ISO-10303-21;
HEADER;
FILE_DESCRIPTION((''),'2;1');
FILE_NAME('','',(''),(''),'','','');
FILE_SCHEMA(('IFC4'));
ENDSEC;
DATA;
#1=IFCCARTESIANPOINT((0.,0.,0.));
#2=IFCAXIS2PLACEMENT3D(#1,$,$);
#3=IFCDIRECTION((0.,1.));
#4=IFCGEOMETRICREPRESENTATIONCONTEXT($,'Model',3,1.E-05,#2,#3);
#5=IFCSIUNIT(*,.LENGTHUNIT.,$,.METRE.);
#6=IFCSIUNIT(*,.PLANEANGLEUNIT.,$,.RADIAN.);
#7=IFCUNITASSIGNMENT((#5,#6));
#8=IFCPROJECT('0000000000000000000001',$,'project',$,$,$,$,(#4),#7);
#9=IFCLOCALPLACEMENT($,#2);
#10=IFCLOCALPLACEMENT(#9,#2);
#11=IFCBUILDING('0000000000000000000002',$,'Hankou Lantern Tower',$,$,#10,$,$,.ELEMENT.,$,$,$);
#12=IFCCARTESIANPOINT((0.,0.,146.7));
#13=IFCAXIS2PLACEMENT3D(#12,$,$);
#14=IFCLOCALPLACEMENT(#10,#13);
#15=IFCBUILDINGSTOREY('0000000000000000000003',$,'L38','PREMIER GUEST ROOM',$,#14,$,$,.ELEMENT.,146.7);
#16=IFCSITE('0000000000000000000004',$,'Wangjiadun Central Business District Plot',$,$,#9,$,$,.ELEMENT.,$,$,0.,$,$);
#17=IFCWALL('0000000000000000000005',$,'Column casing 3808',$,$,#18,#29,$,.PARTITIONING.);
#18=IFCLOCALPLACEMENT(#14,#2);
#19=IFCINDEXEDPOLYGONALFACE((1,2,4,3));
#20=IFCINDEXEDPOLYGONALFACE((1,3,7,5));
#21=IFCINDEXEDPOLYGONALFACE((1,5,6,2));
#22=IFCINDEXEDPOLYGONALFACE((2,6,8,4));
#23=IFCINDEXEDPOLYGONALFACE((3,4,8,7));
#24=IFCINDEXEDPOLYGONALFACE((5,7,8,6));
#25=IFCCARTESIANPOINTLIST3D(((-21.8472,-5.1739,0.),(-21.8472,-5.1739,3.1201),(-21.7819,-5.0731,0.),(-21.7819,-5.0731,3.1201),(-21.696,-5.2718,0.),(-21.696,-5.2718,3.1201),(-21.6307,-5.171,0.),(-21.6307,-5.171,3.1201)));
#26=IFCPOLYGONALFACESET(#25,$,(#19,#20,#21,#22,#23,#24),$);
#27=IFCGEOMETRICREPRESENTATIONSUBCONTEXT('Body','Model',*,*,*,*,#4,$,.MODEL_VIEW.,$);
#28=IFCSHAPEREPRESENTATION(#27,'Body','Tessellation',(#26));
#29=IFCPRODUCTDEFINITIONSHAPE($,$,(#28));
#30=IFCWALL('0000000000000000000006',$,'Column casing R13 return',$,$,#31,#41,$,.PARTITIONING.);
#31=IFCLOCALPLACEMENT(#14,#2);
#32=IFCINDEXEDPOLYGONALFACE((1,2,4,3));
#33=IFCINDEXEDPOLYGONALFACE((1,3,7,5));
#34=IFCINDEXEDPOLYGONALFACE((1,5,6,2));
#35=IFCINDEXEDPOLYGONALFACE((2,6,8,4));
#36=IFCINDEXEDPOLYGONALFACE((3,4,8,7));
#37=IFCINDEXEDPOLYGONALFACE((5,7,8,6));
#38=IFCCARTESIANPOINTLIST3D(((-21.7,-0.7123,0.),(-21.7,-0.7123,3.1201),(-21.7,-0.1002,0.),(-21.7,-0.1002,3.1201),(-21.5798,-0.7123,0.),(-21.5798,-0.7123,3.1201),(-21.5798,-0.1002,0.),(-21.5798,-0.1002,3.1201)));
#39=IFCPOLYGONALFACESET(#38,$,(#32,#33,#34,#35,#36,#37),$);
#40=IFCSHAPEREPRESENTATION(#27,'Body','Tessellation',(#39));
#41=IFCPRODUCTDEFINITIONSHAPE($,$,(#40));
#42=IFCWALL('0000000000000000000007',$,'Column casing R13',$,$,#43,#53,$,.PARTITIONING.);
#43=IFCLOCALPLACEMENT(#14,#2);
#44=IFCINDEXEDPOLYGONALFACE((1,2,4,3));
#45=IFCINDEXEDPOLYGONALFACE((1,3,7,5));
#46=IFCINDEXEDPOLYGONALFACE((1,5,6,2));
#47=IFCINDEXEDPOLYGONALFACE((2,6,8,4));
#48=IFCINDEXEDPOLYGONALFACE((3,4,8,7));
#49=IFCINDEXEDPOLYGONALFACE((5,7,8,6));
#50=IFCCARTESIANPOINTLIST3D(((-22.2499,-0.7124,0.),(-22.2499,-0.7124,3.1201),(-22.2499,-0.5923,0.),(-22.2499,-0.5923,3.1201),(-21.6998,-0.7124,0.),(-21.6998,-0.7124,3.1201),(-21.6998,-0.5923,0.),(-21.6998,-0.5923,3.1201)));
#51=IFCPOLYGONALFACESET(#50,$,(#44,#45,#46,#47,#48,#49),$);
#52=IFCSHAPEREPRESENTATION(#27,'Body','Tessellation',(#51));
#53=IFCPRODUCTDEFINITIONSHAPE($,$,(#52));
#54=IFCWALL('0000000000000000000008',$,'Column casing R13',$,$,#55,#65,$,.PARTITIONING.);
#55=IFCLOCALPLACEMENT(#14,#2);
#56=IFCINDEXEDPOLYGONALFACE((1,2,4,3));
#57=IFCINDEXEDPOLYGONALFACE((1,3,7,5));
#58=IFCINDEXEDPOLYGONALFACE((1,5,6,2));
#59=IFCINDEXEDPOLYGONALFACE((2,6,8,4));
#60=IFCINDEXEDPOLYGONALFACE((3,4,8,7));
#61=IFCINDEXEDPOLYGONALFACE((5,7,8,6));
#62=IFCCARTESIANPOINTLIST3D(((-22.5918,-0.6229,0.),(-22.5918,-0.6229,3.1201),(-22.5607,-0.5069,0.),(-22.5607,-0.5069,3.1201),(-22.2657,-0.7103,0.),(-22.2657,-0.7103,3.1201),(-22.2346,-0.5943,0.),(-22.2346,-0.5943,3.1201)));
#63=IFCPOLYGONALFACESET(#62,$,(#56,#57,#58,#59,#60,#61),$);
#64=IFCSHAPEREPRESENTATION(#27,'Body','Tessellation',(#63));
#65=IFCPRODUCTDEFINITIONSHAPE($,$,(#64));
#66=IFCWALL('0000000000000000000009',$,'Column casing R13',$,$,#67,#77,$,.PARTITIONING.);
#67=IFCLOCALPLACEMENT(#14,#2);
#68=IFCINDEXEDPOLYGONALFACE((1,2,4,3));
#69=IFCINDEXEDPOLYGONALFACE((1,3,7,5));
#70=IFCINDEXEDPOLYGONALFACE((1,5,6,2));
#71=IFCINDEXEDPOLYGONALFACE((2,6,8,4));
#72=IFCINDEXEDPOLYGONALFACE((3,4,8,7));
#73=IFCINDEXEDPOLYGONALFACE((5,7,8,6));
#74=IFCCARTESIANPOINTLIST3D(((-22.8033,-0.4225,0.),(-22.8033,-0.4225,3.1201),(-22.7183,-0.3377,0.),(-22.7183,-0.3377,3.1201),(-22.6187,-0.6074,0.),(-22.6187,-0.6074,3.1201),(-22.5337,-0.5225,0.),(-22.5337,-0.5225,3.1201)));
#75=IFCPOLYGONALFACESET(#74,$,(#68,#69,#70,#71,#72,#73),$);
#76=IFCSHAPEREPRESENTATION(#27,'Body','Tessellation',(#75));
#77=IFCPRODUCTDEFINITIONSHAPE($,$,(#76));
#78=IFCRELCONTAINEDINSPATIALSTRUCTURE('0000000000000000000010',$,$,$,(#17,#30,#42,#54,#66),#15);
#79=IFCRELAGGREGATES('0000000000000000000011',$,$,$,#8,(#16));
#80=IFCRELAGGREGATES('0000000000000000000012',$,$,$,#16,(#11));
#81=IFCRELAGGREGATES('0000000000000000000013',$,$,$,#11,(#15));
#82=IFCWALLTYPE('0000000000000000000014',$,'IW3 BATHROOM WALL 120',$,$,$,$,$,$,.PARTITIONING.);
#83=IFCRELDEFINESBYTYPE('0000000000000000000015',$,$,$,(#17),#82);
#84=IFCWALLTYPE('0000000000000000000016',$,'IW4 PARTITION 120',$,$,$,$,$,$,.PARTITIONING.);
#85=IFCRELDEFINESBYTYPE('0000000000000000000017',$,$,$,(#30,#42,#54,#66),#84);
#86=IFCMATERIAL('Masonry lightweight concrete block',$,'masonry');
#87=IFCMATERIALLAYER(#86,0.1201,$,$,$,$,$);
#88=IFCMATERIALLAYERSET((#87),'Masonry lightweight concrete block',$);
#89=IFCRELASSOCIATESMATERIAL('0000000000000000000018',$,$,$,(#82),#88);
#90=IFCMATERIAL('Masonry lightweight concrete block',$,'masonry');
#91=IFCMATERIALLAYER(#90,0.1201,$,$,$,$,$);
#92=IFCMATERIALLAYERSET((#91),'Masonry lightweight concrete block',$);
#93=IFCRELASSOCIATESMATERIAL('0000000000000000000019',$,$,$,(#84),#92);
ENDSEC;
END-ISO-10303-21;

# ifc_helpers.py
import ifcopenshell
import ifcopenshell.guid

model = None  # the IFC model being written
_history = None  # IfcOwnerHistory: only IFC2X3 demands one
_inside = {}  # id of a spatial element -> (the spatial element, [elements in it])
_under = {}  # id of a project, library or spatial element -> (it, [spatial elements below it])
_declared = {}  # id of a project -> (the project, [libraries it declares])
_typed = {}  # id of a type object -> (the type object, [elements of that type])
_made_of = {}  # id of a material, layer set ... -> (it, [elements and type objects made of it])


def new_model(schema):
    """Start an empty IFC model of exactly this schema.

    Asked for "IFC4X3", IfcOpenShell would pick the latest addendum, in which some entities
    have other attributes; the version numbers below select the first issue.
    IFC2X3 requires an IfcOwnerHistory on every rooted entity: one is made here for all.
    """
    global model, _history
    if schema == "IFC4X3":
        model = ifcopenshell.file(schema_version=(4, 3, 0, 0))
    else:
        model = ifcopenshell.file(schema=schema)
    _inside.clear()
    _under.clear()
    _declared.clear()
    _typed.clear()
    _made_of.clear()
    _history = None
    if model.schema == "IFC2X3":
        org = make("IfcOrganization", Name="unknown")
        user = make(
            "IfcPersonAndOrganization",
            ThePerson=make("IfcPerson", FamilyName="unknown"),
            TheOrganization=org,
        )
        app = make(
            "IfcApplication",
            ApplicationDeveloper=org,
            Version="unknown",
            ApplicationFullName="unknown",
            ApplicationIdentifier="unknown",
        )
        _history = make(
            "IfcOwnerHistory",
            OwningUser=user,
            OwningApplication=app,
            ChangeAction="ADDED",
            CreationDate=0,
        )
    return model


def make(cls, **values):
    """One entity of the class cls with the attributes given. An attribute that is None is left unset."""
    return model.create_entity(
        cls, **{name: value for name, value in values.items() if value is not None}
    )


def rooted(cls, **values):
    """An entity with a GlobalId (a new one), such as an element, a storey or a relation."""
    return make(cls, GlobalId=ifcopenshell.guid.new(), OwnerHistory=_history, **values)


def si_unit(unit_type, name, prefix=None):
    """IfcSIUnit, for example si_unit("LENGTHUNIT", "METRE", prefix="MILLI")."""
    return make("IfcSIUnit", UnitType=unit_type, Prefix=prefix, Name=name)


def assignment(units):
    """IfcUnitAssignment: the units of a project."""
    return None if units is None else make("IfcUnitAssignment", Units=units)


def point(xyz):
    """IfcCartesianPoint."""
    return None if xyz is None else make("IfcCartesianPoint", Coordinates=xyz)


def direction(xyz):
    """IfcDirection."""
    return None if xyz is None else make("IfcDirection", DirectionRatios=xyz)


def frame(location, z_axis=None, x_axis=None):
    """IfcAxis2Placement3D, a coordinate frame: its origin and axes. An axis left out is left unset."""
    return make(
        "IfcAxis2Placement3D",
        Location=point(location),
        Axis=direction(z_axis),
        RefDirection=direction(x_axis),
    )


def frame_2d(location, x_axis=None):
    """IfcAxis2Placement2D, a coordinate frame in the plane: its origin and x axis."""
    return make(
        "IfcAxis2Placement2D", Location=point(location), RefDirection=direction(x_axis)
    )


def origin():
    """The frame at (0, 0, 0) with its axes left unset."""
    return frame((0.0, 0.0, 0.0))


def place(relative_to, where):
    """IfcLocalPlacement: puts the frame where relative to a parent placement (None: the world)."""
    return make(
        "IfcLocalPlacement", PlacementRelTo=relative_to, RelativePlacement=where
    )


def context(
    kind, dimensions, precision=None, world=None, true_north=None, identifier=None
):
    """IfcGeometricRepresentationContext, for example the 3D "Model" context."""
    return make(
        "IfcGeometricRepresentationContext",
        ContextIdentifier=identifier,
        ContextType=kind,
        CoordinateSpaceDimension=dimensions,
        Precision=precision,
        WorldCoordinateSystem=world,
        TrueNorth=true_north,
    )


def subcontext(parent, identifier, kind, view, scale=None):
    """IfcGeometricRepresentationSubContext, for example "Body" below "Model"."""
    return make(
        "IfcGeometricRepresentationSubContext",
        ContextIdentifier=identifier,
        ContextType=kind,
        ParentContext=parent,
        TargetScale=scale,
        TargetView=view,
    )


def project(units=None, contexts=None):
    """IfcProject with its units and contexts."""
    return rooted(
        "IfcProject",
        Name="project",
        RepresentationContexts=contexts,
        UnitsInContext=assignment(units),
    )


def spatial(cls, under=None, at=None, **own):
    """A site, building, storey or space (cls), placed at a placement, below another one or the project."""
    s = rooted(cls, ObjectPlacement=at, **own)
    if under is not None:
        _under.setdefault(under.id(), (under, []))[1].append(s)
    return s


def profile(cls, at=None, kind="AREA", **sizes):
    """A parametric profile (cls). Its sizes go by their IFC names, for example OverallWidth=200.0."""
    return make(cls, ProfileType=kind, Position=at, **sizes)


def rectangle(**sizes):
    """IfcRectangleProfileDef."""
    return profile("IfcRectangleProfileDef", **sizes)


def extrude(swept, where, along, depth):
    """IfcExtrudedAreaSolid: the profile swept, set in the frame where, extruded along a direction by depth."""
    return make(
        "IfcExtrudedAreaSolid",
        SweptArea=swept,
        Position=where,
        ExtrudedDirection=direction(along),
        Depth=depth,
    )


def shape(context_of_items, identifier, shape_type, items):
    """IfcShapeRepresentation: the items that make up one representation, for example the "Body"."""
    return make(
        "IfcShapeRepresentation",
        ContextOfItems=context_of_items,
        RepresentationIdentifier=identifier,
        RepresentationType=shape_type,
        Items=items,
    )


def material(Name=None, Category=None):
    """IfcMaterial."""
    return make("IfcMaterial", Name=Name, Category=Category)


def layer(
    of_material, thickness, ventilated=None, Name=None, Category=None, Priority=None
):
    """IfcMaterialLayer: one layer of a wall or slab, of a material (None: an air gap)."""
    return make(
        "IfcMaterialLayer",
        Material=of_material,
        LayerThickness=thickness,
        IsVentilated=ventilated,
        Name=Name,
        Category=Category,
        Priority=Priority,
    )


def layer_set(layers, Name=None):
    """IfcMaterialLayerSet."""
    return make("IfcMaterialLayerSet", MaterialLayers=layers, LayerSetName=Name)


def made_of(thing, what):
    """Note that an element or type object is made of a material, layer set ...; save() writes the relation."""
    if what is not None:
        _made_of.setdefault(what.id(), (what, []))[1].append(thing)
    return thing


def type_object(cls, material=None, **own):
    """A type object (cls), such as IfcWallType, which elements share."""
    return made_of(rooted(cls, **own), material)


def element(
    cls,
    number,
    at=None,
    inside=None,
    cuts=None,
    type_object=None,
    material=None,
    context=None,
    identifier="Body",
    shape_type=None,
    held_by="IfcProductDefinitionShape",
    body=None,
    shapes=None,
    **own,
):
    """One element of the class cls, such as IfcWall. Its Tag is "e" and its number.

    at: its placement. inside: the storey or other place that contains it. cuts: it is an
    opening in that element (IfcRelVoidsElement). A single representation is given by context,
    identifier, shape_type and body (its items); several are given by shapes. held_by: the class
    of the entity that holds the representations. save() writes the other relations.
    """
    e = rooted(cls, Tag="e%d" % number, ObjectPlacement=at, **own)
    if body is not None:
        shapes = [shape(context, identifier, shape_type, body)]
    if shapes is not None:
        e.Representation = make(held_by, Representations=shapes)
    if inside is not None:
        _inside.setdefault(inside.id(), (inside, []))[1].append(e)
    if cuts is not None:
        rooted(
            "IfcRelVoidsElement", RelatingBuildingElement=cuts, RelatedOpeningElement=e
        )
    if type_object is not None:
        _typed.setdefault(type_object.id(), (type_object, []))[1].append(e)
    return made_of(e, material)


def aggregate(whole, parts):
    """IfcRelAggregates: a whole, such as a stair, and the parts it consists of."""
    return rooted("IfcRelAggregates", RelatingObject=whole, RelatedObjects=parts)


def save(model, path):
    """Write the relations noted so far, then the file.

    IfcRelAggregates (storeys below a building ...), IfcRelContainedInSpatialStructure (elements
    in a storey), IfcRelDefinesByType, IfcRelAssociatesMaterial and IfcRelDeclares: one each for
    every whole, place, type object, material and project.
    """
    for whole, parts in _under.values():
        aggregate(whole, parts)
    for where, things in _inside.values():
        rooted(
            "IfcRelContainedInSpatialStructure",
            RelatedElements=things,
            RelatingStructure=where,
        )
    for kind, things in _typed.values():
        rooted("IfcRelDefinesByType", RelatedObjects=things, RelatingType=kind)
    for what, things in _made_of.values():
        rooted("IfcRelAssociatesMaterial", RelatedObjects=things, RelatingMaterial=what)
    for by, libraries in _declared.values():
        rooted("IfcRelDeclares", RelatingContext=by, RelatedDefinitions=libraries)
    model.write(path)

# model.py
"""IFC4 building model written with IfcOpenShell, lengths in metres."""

from ifc_helpers import new_model, si_unit, direction, frame, frame_2d, origin, place, context, subcontext, project, spatial, rectangle, extrude, material, layer, layer_set, type_object, element, save


model = new_model("IFC4")

# Units and contexts
model_context = context("Model", 3, precision=1e-05, world=origin(), true_north=direction((0.0, 1.0)))
body_context = subcontext(model_context, "Body", "Model", "MODEL_VIEW")
ifc_project = project(units=[si_unit("LENGTHUNIT", "METRE"), si_unit("PLANEANGLEUNIT", "RADIAN")], contexts=[model_context])

# Site, building, storey
site_placement = place(None, origin())
site = spatial("IfcSite", under=ifc_project, at=site_placement, Name="Wangjiadun Central Business District Plot", CompositionType="ELEMENT", RefElevation=0.0)
building_placement = place(site_placement, origin())
building = spatial("IfcBuilding", under=site, at=building_placement, Name="Hankou Lantern Tower", CompositionType="ELEMENT")
storey_placement = place(building_placement, frame((0.0, 0.0, 146.7)))
storey = spatial("IfcBuildingStorey", under=building, at=storey_placement, Name="L38", Description="PREMIER GUEST ROOM", CompositionType="ELEMENT", Elevation=146.7)

# Walls
ifc_material_1 = material(Name="Masonry lightweight concrete block", Category="masonry")
ifc_layer_1 = layer(ifc_material_1, 0.1201)
ifc_layer_set_1 = layer_set([ifc_layer_1], Name="Masonry lightweight concrete block")
wall_type_1 = type_object("IfcWallType", Name="IW3 BATHROOM WALL 120", PredefinedType="PARTITIONING", material=ifc_layer_set_1)
wall_1_placement = place(storey_placement, frame((-21.6633, -5.2214, 0.0), z_axis=(0.0, 0.0, 1.0), x_axis=(-0.839279, 0.543701, 0.0)))
element("IfcWall", 1, at=wall_1_placement, inside=storey, type_object=wall_type_1, Name="Column casing 3808", PredefinedType="PARTITIONING", context=body_context, shape_type="SweptSolid", body=[
    extrude(rectangle(XDim=0.1802, YDim=0.1201, at=frame_2d((0.0901, 0.0))), origin(), (0.0, 0.0, 1.0), 3.1201),
])
ifc_material_2 = material(Name="Masonry lightweight concrete block", Category="masonry")
ifc_layer_2 = layer(ifc_material_2, 0.1201)
ifc_layer_set_2 = layer_set([ifc_layer_2], Name="Masonry lightweight concrete block")
wall_type_2 = type_object("IfcWallType", Name="IW4 PARTITION 120", PredefinedType="PARTITIONING", material=ifc_layer_set_2)
wall_2_placement = place(storey_placement, frame((-21.6399, -0.1001, 0.0), z_axis=(0.0, 0.0, 1.0), x_axis=(0.0, -1.0, 0.0)))
element("IfcWall", 2, at=wall_2_placement, inside=storey, type_object=wall_type_2, Name="Column casing R13 return", PredefinedType="PARTITIONING", context=body_context, shape_type="SweptSolid", body=[
    extrude(rectangle(XDim=0.6121, YDim=0.1201, at=frame_2d((0.3062, 0.0))), origin(), (0.0, 0.0, 1.0), 3.1201),
])
wall_3_placement = place(storey_placement, frame((-21.7, -0.6523, 0.0), z_axis=(0.0, 0.0, 1.0), x_axis=(-1.0, 0.0, 0.0)))
element("IfcWall", 3, at=wall_3_placement, inside=storey, type_object=wall_type_2, Name="Column casing R13", PredefinedType="PARTITIONING", context=body_context, shape_type="SweptSolid", body=[
    extrude(rectangle(XDim=0.55, YDim=0.1201, at=frame_2d((0.2749, 0.0))), origin(), (0.0, 0.0, 1.0), 3.1201),
])
wall_4_placement = place(storey_placement, frame((-22.25, -0.6523, 0.0), z_axis=(0.0, 0.0, 1.0), x_axis=(-0.965922, 0.258832, 0.0)))
element("IfcWall", 4, at=wall_4_placement, inside=storey, type_object=wall_type_2, Name="Column casing R13", PredefinedType="PARTITIONING", context=body_context, shape_type="SweptSolid", body=[
    extrude(rectangle(XDim=0.3376, YDim=0.1201, at=frame_2d((0.1689, 0.0))), origin(), (0.0, 0.0, 1.0), 3.1201),
])
wall_5_placement = place(storey_placement, frame((-22.5762, -0.5649, 0.0), z_axis=(0.0, 0.0, 1.0), x_axis=(-0.706639, 0.707574, 0.0)))
element("IfcWall", 5, at=wall_5_placement, inside=storey, type_object=wall_type_2, Name="Column casing R13", PredefinedType="PARTITIONING", context=body_context, shape_type="SweptSolid", body=[
    extrude(rectangle(XDim=0.2612, YDim=0.1201, at=frame_2d((0.1306, 0.0))), origin(), (0.0, 0.0, 1.0), 3.1201),
])

save(model, "model.ifc")
